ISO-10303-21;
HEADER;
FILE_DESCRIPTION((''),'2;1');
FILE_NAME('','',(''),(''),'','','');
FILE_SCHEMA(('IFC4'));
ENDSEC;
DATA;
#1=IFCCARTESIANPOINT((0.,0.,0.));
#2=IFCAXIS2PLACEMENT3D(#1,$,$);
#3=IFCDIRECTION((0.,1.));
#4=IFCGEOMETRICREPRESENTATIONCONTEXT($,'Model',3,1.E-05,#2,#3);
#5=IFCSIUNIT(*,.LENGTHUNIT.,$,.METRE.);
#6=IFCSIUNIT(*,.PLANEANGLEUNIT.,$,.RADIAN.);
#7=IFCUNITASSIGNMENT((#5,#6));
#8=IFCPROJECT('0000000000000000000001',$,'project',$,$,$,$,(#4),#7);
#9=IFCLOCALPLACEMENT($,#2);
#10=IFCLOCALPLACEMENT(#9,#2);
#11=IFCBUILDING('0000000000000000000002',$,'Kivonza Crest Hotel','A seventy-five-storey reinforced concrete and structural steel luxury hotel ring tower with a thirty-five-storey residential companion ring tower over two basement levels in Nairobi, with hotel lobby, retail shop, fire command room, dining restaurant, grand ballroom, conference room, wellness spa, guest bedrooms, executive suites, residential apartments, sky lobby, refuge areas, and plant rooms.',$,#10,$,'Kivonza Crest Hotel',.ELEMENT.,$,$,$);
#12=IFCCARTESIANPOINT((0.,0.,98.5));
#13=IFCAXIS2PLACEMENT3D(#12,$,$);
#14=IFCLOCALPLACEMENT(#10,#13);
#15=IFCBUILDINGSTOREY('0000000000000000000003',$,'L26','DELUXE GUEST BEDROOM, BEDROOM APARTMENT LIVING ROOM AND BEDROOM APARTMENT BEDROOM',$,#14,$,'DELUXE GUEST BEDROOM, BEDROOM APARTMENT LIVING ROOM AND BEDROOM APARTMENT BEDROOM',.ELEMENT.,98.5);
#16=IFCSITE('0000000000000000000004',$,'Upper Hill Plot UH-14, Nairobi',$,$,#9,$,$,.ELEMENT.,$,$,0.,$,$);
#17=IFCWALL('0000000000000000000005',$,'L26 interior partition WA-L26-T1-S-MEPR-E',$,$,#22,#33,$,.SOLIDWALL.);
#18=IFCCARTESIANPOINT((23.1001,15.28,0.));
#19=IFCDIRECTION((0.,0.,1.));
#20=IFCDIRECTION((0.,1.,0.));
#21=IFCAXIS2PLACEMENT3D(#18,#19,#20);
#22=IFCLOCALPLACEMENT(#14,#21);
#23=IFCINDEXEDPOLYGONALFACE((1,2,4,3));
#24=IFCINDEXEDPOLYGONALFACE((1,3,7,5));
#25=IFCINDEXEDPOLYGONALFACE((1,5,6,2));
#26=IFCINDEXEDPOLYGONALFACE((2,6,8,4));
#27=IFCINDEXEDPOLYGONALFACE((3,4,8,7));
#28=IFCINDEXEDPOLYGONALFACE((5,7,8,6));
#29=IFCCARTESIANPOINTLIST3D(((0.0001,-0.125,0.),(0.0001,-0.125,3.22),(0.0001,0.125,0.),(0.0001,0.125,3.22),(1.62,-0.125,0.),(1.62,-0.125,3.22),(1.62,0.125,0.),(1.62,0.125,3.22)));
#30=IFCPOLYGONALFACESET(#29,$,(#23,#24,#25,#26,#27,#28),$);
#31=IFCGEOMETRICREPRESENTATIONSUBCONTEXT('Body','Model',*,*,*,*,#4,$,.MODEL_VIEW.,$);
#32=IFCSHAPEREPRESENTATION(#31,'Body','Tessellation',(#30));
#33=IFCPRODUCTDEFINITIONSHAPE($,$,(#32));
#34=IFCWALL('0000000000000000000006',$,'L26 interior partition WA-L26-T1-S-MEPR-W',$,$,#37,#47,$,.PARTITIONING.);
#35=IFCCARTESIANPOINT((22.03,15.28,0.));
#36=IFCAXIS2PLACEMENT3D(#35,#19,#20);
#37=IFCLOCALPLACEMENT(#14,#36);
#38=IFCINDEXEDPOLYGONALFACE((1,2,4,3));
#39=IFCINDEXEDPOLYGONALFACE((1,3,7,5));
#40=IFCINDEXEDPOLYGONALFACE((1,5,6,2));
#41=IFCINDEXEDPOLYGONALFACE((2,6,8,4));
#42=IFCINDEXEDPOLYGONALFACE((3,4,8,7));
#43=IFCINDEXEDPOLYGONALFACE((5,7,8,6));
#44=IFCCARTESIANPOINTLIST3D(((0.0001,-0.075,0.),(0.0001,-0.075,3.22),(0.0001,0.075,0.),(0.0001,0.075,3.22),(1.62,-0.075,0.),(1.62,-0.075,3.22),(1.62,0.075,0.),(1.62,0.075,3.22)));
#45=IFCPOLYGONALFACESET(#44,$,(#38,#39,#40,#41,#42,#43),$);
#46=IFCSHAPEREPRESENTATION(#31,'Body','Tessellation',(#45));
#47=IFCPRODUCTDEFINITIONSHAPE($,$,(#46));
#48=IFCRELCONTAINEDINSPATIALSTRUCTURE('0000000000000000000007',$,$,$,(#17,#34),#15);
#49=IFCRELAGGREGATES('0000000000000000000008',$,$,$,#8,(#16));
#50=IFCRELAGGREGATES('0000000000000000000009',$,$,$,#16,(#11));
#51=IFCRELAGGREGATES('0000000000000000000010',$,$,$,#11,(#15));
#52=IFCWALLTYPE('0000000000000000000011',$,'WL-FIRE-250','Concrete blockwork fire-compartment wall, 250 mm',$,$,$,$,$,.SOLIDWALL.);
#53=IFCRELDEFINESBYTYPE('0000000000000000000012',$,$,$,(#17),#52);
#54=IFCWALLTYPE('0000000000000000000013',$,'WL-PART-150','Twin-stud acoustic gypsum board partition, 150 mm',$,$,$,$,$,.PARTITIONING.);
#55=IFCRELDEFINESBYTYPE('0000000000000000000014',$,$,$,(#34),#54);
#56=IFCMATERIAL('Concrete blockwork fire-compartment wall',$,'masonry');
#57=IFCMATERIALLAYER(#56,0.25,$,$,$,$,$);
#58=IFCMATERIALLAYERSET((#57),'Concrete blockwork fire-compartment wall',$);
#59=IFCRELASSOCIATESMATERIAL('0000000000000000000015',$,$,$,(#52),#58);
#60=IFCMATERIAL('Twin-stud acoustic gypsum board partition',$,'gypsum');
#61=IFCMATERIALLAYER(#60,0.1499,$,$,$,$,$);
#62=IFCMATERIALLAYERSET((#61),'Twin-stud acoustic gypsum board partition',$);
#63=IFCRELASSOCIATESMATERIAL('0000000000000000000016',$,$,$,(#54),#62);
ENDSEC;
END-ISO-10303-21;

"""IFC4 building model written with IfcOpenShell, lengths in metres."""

from ifc_helpers import new_model, si_unit, direction, frame, frame_2d, origin, place, context, subcontext, project, spatial, rectangle, extrude, material, layer, layer_set, type_object, element, save


model = new_model("IFC4")

# Units and contexts
model_context = context("Model", 3, precision=1e-05, world=origin(), true_north=direction((0.0, 1.0)))
body_context = subcontext(model_context, "Body", "Model", "MODEL_VIEW")
ifc_project = project(units=[si_unit("LENGTHUNIT", "METRE"), si_unit("PLANEANGLEUNIT", "RADIAN")], contexts=[model_context])

# Site, building, storey
site_placement = place(None, origin())
site = spatial("IfcSite", under=ifc_project, at=site_placement, Name="Upper Hill Plot UH-14, Nairobi", CompositionType="ELEMENT", RefElevation=0.0)
building_placement = place(site_placement, origin())
building = spatial("IfcBuilding", under=site, at=building_placement, Name="Kivonza Crest Hotel", Description="A seventy-five-storey reinforced concrete and structural steel luxury hotel ring tower with a thirty-five-storey residential companion ring tower over two basement levels in Nairobi, with hotel lobby, retail shop, fire command room, dining restaurant, grand ballroom, conference room, wellness spa, guest bedrooms, executive suites, residential apartments, sky lobby, refuge areas, and plant rooms.", LongName="Kivonza Crest Hotel", CompositionType="ELEMENT")
storey_placement = place(building_placement, frame((0.0, 0.0, 98.5)))
storey = spatial("IfcBuildingStorey", under=building, at=storey_placement, Name="L26", Description="DELUXE GUEST BEDROOM, BEDROOM APARTMENT LIVING ROOM AND BEDROOM APARTMENT BEDROOM", LongName="DELUXE GUEST BEDROOM, BEDROOM APARTMENT LIVING ROOM AND BEDROOM APARTMENT BEDROOM", CompositionType="ELEMENT", Elevation=98.5)

# Wall
ifc_material_1 = material(Name="Concrete blockwork fire-compartment wall", Category="masonry")
ifc_layer_1 = layer(ifc_material_1, 0.25)
ifc_layer_set_1 = layer_set([ifc_layer_1], Name="Concrete blockwork fire-compartment wall")
wall_type_1 = type_object("IfcWallType", Name="WL-FIRE-250", Description="Concrete blockwork fire-compartment wall, 250 mm", PredefinedType="SOLIDWALL", material=ifc_layer_set_1)
wall_1_placement = place(storey_placement, frame((23.1001, 15.28, 0.0), z_axis=(0.0, 0.0, 1.0), x_axis=(0.0, 1.0, 0.0)))
element("IfcWall", 1, at=wall_1_placement, inside=storey, type_object=wall_type_1, Name="L26 interior partition WA-L26-T1-S-MEPR-E", PredefinedType="SOLIDWALL", context=body_context, shape_type="SweptSolid", body=[
    extrude(rectangle(XDim=1.6199, YDim=0.25, at=frame_2d((0.8101, 0.0))), origin(), (0.0, 0.0, 1.0), 3.22),
])

# Wall
ifc_material_2 = material(Name="Twin-stud acoustic gypsum board partition", Category="gypsum")
ifc_layer_2 = layer(ifc_material_2, 0.1499)
ifc_layer_set_2 = layer_set([ifc_layer_2], Name="Twin-stud acoustic gypsum board partition")
wall_type_2 = type_object("IfcWallType", Name="WL-PART-150", Description="Twin-stud acoustic gypsum board partition, 150 mm", PredefinedType="PARTITIONING", material=ifc_layer_set_2)
wall_2_placement = place(storey_placement, frame((22.03, 15.28, 0.0), z_axis=(0.0, 0.0, 1.0), x_axis=(0.0, 1.0, 0.0)))
element("IfcWall", 2, at=wall_2_placement, inside=storey, type_object=wall_type_2, Name="L26 interior partition WA-L26-T1-S-MEPR-W", PredefinedType="PARTITIONING", context=body_context, shape_type="SweptSolid", body=[
    extrude(rectangle(XDim=1.6199, YDim=0.1499, at=frame_2d((0.8101, 0.0))), origin(), (0.0, 0.0, 1.0), 3.22),
])

save(model, "model.ifc")
